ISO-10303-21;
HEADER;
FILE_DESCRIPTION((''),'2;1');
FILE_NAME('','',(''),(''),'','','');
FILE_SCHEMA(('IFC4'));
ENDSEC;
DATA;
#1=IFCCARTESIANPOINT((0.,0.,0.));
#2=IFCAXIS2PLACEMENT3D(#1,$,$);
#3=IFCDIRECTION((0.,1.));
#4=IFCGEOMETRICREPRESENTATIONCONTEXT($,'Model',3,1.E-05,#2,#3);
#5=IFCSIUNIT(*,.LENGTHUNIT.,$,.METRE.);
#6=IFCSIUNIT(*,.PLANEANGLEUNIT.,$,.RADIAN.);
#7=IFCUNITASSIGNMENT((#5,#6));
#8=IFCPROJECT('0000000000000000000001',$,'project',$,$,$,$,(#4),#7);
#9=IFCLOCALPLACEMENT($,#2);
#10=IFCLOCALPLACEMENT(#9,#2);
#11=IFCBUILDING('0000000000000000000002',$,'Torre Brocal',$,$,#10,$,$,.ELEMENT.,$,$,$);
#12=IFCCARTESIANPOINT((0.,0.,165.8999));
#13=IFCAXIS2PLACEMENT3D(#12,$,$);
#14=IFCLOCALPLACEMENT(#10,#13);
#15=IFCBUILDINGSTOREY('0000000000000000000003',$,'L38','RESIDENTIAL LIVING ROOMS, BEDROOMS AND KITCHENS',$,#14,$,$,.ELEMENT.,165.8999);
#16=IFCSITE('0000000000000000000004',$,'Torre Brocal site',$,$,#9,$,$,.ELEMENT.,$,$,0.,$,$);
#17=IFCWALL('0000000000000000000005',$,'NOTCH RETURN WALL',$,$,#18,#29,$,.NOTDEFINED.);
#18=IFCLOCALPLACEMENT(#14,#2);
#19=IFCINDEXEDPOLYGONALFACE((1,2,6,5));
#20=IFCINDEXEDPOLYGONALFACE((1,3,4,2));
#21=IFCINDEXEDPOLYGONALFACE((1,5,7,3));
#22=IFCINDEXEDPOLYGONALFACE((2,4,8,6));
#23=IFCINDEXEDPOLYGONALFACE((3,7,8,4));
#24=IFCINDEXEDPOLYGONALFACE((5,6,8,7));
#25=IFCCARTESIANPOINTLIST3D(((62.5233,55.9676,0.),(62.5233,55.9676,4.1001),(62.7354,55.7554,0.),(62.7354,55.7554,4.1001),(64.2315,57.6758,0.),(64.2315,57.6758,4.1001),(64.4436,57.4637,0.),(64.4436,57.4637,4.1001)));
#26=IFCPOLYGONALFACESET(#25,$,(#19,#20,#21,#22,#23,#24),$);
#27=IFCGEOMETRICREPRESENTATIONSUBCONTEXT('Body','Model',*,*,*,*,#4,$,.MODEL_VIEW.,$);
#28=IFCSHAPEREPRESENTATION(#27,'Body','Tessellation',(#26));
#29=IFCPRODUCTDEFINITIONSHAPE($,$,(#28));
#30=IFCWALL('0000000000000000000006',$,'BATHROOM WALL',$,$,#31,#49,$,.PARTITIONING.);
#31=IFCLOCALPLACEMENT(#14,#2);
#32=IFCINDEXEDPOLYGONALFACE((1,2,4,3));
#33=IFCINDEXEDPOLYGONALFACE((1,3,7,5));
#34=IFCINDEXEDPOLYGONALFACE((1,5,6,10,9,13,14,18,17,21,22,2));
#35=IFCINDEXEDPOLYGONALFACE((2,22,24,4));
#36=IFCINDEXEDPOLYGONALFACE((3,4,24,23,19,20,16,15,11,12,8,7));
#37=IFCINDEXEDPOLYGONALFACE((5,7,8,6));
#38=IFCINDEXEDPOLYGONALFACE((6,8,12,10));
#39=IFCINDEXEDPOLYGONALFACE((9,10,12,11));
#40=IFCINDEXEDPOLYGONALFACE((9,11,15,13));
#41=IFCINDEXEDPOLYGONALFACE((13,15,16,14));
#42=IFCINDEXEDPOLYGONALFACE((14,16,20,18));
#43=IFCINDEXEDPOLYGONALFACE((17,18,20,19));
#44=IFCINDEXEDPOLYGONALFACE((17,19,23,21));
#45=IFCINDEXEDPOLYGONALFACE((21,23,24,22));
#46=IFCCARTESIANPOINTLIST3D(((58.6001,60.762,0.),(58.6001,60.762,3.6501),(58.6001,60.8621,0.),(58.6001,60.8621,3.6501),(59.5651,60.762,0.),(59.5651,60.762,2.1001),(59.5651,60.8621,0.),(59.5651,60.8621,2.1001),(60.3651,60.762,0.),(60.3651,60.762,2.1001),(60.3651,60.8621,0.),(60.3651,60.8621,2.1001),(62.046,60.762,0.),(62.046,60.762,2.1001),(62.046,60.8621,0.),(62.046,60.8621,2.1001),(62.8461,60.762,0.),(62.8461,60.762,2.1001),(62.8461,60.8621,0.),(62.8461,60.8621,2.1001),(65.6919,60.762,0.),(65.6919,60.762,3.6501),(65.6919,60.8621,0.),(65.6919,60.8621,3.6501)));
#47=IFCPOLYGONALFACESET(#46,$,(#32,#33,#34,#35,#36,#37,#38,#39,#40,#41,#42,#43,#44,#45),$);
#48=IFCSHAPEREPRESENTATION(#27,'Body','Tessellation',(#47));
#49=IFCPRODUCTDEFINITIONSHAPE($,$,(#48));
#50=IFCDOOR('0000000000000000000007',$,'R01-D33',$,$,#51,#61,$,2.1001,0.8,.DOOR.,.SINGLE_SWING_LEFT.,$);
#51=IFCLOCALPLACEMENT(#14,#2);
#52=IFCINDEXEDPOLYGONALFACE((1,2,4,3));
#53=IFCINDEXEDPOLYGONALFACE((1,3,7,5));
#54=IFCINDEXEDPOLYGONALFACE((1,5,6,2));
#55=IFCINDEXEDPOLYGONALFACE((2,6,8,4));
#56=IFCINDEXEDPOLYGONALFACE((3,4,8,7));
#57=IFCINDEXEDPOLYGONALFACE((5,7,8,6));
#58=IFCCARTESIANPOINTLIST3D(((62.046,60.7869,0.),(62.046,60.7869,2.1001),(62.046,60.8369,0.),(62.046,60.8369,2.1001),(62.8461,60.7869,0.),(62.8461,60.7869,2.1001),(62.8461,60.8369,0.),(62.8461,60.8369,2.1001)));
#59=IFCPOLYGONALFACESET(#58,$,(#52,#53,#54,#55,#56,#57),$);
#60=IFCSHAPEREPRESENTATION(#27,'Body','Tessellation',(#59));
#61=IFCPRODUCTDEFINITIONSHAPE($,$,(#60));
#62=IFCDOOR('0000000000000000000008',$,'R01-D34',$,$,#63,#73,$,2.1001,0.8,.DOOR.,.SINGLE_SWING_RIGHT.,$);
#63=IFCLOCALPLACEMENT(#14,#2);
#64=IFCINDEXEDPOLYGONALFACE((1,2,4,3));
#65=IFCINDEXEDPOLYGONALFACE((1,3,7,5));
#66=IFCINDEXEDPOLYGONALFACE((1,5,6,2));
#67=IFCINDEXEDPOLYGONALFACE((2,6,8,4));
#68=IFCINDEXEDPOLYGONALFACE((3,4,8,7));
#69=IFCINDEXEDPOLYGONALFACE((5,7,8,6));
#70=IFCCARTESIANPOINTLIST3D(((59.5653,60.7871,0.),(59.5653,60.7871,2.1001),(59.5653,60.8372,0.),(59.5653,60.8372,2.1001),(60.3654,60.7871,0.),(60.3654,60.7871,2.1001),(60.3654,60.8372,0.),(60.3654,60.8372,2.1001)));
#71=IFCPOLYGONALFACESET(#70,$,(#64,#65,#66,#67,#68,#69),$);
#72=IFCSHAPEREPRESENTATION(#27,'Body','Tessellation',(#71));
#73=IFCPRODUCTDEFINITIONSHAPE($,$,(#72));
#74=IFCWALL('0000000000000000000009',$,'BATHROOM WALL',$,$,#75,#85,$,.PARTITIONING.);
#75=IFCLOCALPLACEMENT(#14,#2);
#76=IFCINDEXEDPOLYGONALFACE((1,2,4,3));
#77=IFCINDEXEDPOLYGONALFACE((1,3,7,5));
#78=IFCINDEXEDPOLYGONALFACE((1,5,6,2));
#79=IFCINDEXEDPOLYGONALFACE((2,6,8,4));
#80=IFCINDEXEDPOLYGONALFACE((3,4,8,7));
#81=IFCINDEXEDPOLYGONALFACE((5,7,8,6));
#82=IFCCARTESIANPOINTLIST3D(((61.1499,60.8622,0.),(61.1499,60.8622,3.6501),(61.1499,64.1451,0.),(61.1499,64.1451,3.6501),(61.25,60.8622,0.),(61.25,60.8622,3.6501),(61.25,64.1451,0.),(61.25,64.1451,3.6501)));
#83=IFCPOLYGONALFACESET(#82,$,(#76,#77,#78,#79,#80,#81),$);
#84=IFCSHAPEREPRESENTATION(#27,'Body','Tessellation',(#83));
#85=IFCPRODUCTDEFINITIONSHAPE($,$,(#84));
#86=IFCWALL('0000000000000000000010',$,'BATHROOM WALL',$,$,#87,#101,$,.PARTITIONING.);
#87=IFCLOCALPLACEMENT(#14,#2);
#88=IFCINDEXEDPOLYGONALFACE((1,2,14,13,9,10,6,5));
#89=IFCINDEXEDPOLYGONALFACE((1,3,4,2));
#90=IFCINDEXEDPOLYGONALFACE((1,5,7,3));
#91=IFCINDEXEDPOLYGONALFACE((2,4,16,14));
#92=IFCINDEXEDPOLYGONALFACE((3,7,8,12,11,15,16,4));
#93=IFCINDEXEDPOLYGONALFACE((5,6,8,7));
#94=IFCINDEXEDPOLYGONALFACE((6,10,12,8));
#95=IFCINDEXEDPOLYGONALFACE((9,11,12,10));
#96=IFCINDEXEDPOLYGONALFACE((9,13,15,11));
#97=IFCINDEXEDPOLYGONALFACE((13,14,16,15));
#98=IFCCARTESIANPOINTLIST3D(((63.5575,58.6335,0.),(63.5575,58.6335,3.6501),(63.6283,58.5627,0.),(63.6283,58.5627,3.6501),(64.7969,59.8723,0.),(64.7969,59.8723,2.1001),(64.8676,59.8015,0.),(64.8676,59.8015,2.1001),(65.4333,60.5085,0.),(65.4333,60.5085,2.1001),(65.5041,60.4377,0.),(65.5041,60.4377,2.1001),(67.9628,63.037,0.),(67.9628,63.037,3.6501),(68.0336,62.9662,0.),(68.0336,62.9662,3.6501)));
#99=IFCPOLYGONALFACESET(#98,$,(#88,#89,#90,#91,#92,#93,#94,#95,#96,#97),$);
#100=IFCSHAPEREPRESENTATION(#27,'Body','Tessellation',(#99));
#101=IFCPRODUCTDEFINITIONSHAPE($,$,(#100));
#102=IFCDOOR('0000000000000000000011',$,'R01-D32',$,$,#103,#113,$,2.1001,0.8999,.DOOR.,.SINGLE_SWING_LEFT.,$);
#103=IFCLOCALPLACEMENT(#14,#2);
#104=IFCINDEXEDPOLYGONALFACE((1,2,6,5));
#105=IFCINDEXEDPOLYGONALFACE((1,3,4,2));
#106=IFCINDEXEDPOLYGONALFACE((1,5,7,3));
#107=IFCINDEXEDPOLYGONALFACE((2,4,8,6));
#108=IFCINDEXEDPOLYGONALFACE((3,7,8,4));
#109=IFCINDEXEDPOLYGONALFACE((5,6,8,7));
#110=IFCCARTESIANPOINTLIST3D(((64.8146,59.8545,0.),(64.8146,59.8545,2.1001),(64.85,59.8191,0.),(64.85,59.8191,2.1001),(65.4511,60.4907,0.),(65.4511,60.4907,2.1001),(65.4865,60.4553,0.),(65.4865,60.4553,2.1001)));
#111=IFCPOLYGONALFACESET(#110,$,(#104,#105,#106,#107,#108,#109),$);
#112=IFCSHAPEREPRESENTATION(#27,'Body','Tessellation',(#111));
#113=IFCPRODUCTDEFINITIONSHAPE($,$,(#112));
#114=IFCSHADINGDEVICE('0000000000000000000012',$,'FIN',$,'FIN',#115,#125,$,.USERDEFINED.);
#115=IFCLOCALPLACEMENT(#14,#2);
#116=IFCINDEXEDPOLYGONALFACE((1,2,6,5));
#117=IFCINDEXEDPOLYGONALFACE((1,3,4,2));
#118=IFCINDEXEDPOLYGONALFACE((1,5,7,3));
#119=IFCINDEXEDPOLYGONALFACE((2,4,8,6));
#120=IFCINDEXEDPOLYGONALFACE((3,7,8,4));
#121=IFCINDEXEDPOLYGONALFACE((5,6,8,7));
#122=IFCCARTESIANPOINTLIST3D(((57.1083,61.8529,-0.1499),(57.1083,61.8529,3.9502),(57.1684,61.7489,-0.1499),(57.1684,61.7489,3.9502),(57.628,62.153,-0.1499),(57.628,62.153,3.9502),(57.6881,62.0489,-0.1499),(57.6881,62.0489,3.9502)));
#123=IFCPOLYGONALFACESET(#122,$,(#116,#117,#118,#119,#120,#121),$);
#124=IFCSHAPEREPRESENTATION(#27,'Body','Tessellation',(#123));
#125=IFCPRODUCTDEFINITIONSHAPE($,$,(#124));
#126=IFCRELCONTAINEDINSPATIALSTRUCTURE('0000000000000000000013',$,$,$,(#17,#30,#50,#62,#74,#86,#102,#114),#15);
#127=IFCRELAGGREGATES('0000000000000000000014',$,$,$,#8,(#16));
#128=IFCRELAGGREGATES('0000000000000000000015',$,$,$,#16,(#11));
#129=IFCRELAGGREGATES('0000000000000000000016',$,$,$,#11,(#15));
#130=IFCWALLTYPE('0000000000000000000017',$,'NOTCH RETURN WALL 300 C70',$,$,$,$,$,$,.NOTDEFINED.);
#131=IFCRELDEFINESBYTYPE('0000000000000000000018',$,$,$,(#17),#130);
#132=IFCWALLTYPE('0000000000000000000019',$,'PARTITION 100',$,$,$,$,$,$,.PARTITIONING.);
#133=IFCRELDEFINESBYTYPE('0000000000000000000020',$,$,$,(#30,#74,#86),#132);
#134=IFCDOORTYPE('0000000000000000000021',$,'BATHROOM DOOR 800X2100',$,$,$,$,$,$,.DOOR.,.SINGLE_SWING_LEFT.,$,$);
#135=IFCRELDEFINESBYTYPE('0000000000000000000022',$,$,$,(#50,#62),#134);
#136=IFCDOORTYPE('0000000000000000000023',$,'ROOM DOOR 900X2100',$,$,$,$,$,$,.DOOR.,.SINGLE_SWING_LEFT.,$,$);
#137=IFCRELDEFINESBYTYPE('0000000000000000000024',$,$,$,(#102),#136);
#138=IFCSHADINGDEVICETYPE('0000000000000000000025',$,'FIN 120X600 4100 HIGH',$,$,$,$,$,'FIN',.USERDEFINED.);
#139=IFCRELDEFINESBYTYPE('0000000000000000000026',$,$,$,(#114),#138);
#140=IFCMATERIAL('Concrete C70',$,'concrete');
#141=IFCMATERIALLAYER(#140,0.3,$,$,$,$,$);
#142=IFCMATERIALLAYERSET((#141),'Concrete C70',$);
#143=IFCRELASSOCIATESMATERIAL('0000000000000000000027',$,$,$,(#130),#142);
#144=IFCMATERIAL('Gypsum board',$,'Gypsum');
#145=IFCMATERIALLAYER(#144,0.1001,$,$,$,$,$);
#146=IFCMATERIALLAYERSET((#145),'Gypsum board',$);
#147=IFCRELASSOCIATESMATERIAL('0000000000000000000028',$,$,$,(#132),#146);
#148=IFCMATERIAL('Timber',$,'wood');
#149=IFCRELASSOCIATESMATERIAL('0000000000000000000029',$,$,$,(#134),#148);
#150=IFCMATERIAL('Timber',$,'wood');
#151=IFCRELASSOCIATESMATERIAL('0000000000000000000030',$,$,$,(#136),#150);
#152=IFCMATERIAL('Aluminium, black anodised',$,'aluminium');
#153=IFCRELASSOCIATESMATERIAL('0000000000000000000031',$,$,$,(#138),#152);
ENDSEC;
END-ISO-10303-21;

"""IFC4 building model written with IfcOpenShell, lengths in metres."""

from ifc_helpers import new_model, si_unit, direction, frame, frame_2d, origin, origin_2d, place, context, subcontext, project, spatial, rectangle, extrude, material, layer, layer_set, material_profile, profile_set, type_object, element, fill, save


model = new_model("IFC4")

# Units and contexts
model_context = context("Model", 3, precision=1e-05, world=origin(), true_north=direction((0.0, 1.0)))
body_context = subcontext(model_context, "Body", "Model", "MODEL_VIEW")
ifc_project = project(units=[si_unit("LENGTHUNIT", "METRE"), si_unit("PLANEANGLEUNIT", "RADIAN")], contexts=[model_context])

# Site, building, storey
site_placement = place(None, origin())
site = spatial("IfcSite", under=ifc_project, at=site_placement, Name="Torre Brocal site", CompositionType="ELEMENT", RefElevation=0.0)
building_placement = place(site_placement, origin())
building = spatial("IfcBuilding", under=site, at=building_placement, Name="Torre Brocal", CompositionType="ELEMENT")
storey_placement = place(building_placement, frame((0.0, 0.0, 165.8999)))
storey = spatial("IfcBuildingStorey", under=building, at=storey_placement, Name="L38", Description="RESIDENTIAL LIVING ROOMS, BEDROOMS AND KITCHENS", CompositionType="ELEMENT", Elevation=165.8999)

# Wall
ifc_material_1 = material(Name="Concrete C70", Category="concrete")
ifc_layer_1 = layer(ifc_material_1, 0.3)
ifc_layer_set_1 = layer_set([ifc_layer_1], Name="Concrete C70")
wall_type_1 = type_object("IfcWallType", Name="NOTCH RETURN WALL 300 C70", PredefinedType="NOTDEFINED", material=ifc_layer_set_1)
for number, where, z_axis, x_axis, name in (
    (1, (64.3376, 57.5698, 0.0), (0.0, 0.0, 1.0), (-0.707107, -0.707107, 0.0), "NOTCH RETURN WALL"),
):
    element("IfcWall", number, at=place(storey_placement, frame(where, z_axis=z_axis, x_axis=x_axis)), inside=storey, type_object=wall_type_1, Name=name, PredefinedType="NOTDEFINED", context=body_context, shape_type="SweptSolid", body=[
        extrude(rectangle(XDim=2.4158, YDim=0.3, at=frame_2d((1.208, 0.0))), origin(), (0.0, 0.0, 1.0), 4.1001),
    ])

# Wall, openings, doors
ifc_material_2 = material(Name="Gypsum board", Category="Gypsum")
ifc_layer_2 = layer(ifc_material_2, 0.1001)
ifc_layer_set_2 = layer_set([ifc_layer_2], Name="Gypsum board")
wall_type_2 = type_object("IfcWallType", Name="PARTITION 100", PredefinedType="PARTITIONING", material=ifc_layer_set_2)
wall_1_placement = place(storey_placement, frame((58.6001, 60.812, 0.0), z_axis=(0.0, 0.0, 1.0), x_axis=(1.0, 0.0, 0.0)))
wall_1 = element("IfcWall", 2, at=wall_1_placement, inside=storey, type_object=wall_type_2, Name="BATHROOM WALL", PredefinedType="PARTITIONING", context=body_context, shape_type="SweptSolid", body=[
    extrude(rectangle(XDim=7.0918, YDim=0.1001, at=frame_2d((3.5459, 0.0))), origin(), (0.0, 0.0, 1.0), 3.6501),
])
opening_1_placement = place(wall_1_placement, frame((3.446, 0.0, 0.0)))
opening_1 = element("IfcOpeningElement", 3, at=opening_1_placement, cuts=wall_1, PredefinedType="OPENING", context=body_context, shape_type="SweptSolid", body=[
    extrude(rectangle(XDim=0.8, YDim=2.1001, at=frame_2d((0.3999, 1.05))), frame((0.0, 0.0601, 0.0), z_axis=(0.0, -1.0, 0.0), x_axis=(1.0, 0.0, 0.0)), (0.0, 0.0, 1.0), 0.1201),
])
opening_2_placement = place(wall_1_placement, frame((0.9651, 0.0, 0.0)))
opening_2 = element("IfcOpeningElement", 4, at=opening_2_placement, cuts=wall_1, PredefinedType="OPENING", context=body_context, shape_type="SweptSolid", body=[
    extrude(rectangle(XDim=0.8, YDim=2.1001, at=frame_2d((0.3999, 1.05))), frame((0.0, 0.0601, 0.0), z_axis=(0.0, -1.0, 0.0), x_axis=(1.0, 0.0, 0.0)), (0.0, 0.0, 1.0), 0.1201),
])
ifc_material_3 = material(Name="Timber", Category="wood")
door_type_1 = type_object("IfcDoorType", Name="BATHROOM DOOR 800X2100", OperationType="SINGLE_SWING_LEFT", PredefinedType="DOOR", material=ifc_material_3)
door_1_placement = place(opening_1_placement, origin())
door_1 = element("IfcDoor", 5, at=door_1_placement, inside=storey, type_object=door_type_1, Name="R01-D33", OperationType="SINGLE_SWING_LEFT", OverallHeight=2.1001, OverallWidth=0.8, PredefinedType="DOOR", context=body_context, shape_type="SweptSolid", body=[
    extrude(rectangle(XDim=0.8, YDim=2.1001, at=frame_2d((0.3999, 1.05))), frame((0.0, 0.0249, 0.0), z_axis=(0.0, -1.0, 0.0), x_axis=(1.0, 0.0, 0.0)), (0.0, 0.0, 1.0), 0.05),
])
fill(opening_1, door_1)
door_2_placement = place(opening_2_placement, frame((0.8, 0.0, 0.0), z_axis=(0.0, 0.0, 1.0), x_axis=(-1.0, 0.0, 0.0)))
door_2 = element("IfcDoor", 6, at=door_2_placement, inside=storey, type_object=door_type_1, Name="R01-D34", OperationType="SINGLE_SWING_RIGHT", OverallHeight=2.1001, OverallWidth=0.8, PredefinedType="DOOR", context=body_context, shape_type="SweptSolid", body=[
    extrude(rectangle(XDim=0.8, YDim=2.1001, at=frame_2d((0.3999, 1.05))), frame((0.0, 0.0249, 0.0), z_axis=(0.0, -1.0, 0.0), x_axis=(1.0, 0.0, 0.0)), (0.0, 0.0, 1.0), 0.05),
])
fill(opening_2, door_2)

# Wall
wall_2_placement = place(storey_placement, frame((61.2, 60.8621, 0.0), z_axis=(0.0, 0.0, 1.0), x_axis=(0.0, 1.0, 0.0)))
element("IfcWall", 7, at=wall_2_placement, inside=storey, type_object=wall_type_2, Name="BATHROOM WALL", PredefinedType="PARTITIONING", context=body_context, shape_type="SweptSolid", body=[
    extrude(rectangle(XDim=3.283, YDim=0.1001, at=frame_2d((1.6416, 0.0))), origin(), (0.0, 0.0, 1.0), 3.6501),
])

# Wall, opening, door
wall_3_placement = place(storey_placement, frame((63.593, 58.5981, 0.0), z_axis=(0.0, 0.0, 1.0), x_axis=(0.707244, 0.70697, 0.0)))
wall_3 = element("IfcWall", 8, at=wall_3_placement, inside=storey, type_object=wall_type_2, Name="BATHROOM WALL", PredefinedType="PARTITIONING", context=body_context, shape_type="SweptSolid", body=[
    extrude(rectangle(XDim=6.2288, YDim=0.1001, at=frame_2d((3.1143, 0.0))), origin(), (0.0, 0.0, 1.0), 3.6501),
])
opening_3_placement = place(wall_3_placement, frame((1.7522, 0.0, 0.0)))
opening_3 = element("IfcOpeningElement", 9, at=opening_3_placement, cuts=wall_3, PredefinedType="OPENING", context=body_context, shape_type="SweptSolid", body=[
    extrude(rectangle(XDim=0.8999, YDim=2.1001, at=frame_2d((0.45, 1.05))), frame((0.0, 0.0601, 0.0), z_axis=(0.0, -1.0, 0.0), x_axis=(1.0, 0.0, 0.0)), (0.0, 0.0, 1.0), 0.1201),
])
ifc_material_4 = material(Name="Timber", Category="wood")
door_type_2 = type_object("IfcDoorType", Name="ROOM DOOR 900X2100", OperationType="SINGLE_SWING_LEFT", PredefinedType="DOOR", material=ifc_material_4)
door_3_placement = place(opening_3_placement, origin())
door_3 = element("IfcDoor", 10, at=door_3_placement, inside=storey, type_object=door_type_2, Name="R01-D32", OperationType="SINGLE_SWING_LEFT", OverallHeight=2.1001, OverallWidth=0.8999, PredefinedType="DOOR", context=body_context, shape_type="SweptSolid", body=[
    extrude(rectangle(XDim=0.8999, YDim=2.1001, at=frame_2d((0.45, 1.05))), frame((0.0, 0.0249, 0.0), z_axis=(0.0, -1.0, 0.0), x_axis=(1.0, 0.0, 0.0)), (0.0, 0.0, 1.0), 0.05),
])
fill(opening_3, door_3)

# Shading device
ifc_material_5 = material(Name="Aluminium, black anodised", Category="aluminium")
ifc_material_profile_1 = material_profile(ifc_material_5, rectangle(XDim=0.1201, YDim=0.6001, at=origin_2d()), Name="FIN 120X600 4100 HIGH")
ifc_profile_set_1 = profile_set([ifc_material_profile_1], Name="Aluminium, black anodised")
shading_device_type = type_object("IfcShadingDeviceType", Name="FIN 120X600 4100 HIGH", ElementType="FIN", PredefinedType="USERDEFINED", material=ifc_profile_set_1)
shading_device_placement = place(storey_placement, frame((57.3982, 61.9509, -0.1499), z_axis=(0.0, 0.0, 1.0), x_axis=(0.5, -0.866025, 0.0)))
element("IfcShadingDevice", 11, at=shading_device_placement, inside=storey, type_object=shading_device_type, Name="FIN", ObjectType="FIN", PredefinedType="USERDEFINED", context=body_context, shape_type="SweptSolid", body=[
    extrude(rectangle(XDim=0.1201, YDim=0.6001, at=origin_2d()), origin(), (0.0, 0.0, 1.0), 4.1001),
])

save(model, "model.ifc")
